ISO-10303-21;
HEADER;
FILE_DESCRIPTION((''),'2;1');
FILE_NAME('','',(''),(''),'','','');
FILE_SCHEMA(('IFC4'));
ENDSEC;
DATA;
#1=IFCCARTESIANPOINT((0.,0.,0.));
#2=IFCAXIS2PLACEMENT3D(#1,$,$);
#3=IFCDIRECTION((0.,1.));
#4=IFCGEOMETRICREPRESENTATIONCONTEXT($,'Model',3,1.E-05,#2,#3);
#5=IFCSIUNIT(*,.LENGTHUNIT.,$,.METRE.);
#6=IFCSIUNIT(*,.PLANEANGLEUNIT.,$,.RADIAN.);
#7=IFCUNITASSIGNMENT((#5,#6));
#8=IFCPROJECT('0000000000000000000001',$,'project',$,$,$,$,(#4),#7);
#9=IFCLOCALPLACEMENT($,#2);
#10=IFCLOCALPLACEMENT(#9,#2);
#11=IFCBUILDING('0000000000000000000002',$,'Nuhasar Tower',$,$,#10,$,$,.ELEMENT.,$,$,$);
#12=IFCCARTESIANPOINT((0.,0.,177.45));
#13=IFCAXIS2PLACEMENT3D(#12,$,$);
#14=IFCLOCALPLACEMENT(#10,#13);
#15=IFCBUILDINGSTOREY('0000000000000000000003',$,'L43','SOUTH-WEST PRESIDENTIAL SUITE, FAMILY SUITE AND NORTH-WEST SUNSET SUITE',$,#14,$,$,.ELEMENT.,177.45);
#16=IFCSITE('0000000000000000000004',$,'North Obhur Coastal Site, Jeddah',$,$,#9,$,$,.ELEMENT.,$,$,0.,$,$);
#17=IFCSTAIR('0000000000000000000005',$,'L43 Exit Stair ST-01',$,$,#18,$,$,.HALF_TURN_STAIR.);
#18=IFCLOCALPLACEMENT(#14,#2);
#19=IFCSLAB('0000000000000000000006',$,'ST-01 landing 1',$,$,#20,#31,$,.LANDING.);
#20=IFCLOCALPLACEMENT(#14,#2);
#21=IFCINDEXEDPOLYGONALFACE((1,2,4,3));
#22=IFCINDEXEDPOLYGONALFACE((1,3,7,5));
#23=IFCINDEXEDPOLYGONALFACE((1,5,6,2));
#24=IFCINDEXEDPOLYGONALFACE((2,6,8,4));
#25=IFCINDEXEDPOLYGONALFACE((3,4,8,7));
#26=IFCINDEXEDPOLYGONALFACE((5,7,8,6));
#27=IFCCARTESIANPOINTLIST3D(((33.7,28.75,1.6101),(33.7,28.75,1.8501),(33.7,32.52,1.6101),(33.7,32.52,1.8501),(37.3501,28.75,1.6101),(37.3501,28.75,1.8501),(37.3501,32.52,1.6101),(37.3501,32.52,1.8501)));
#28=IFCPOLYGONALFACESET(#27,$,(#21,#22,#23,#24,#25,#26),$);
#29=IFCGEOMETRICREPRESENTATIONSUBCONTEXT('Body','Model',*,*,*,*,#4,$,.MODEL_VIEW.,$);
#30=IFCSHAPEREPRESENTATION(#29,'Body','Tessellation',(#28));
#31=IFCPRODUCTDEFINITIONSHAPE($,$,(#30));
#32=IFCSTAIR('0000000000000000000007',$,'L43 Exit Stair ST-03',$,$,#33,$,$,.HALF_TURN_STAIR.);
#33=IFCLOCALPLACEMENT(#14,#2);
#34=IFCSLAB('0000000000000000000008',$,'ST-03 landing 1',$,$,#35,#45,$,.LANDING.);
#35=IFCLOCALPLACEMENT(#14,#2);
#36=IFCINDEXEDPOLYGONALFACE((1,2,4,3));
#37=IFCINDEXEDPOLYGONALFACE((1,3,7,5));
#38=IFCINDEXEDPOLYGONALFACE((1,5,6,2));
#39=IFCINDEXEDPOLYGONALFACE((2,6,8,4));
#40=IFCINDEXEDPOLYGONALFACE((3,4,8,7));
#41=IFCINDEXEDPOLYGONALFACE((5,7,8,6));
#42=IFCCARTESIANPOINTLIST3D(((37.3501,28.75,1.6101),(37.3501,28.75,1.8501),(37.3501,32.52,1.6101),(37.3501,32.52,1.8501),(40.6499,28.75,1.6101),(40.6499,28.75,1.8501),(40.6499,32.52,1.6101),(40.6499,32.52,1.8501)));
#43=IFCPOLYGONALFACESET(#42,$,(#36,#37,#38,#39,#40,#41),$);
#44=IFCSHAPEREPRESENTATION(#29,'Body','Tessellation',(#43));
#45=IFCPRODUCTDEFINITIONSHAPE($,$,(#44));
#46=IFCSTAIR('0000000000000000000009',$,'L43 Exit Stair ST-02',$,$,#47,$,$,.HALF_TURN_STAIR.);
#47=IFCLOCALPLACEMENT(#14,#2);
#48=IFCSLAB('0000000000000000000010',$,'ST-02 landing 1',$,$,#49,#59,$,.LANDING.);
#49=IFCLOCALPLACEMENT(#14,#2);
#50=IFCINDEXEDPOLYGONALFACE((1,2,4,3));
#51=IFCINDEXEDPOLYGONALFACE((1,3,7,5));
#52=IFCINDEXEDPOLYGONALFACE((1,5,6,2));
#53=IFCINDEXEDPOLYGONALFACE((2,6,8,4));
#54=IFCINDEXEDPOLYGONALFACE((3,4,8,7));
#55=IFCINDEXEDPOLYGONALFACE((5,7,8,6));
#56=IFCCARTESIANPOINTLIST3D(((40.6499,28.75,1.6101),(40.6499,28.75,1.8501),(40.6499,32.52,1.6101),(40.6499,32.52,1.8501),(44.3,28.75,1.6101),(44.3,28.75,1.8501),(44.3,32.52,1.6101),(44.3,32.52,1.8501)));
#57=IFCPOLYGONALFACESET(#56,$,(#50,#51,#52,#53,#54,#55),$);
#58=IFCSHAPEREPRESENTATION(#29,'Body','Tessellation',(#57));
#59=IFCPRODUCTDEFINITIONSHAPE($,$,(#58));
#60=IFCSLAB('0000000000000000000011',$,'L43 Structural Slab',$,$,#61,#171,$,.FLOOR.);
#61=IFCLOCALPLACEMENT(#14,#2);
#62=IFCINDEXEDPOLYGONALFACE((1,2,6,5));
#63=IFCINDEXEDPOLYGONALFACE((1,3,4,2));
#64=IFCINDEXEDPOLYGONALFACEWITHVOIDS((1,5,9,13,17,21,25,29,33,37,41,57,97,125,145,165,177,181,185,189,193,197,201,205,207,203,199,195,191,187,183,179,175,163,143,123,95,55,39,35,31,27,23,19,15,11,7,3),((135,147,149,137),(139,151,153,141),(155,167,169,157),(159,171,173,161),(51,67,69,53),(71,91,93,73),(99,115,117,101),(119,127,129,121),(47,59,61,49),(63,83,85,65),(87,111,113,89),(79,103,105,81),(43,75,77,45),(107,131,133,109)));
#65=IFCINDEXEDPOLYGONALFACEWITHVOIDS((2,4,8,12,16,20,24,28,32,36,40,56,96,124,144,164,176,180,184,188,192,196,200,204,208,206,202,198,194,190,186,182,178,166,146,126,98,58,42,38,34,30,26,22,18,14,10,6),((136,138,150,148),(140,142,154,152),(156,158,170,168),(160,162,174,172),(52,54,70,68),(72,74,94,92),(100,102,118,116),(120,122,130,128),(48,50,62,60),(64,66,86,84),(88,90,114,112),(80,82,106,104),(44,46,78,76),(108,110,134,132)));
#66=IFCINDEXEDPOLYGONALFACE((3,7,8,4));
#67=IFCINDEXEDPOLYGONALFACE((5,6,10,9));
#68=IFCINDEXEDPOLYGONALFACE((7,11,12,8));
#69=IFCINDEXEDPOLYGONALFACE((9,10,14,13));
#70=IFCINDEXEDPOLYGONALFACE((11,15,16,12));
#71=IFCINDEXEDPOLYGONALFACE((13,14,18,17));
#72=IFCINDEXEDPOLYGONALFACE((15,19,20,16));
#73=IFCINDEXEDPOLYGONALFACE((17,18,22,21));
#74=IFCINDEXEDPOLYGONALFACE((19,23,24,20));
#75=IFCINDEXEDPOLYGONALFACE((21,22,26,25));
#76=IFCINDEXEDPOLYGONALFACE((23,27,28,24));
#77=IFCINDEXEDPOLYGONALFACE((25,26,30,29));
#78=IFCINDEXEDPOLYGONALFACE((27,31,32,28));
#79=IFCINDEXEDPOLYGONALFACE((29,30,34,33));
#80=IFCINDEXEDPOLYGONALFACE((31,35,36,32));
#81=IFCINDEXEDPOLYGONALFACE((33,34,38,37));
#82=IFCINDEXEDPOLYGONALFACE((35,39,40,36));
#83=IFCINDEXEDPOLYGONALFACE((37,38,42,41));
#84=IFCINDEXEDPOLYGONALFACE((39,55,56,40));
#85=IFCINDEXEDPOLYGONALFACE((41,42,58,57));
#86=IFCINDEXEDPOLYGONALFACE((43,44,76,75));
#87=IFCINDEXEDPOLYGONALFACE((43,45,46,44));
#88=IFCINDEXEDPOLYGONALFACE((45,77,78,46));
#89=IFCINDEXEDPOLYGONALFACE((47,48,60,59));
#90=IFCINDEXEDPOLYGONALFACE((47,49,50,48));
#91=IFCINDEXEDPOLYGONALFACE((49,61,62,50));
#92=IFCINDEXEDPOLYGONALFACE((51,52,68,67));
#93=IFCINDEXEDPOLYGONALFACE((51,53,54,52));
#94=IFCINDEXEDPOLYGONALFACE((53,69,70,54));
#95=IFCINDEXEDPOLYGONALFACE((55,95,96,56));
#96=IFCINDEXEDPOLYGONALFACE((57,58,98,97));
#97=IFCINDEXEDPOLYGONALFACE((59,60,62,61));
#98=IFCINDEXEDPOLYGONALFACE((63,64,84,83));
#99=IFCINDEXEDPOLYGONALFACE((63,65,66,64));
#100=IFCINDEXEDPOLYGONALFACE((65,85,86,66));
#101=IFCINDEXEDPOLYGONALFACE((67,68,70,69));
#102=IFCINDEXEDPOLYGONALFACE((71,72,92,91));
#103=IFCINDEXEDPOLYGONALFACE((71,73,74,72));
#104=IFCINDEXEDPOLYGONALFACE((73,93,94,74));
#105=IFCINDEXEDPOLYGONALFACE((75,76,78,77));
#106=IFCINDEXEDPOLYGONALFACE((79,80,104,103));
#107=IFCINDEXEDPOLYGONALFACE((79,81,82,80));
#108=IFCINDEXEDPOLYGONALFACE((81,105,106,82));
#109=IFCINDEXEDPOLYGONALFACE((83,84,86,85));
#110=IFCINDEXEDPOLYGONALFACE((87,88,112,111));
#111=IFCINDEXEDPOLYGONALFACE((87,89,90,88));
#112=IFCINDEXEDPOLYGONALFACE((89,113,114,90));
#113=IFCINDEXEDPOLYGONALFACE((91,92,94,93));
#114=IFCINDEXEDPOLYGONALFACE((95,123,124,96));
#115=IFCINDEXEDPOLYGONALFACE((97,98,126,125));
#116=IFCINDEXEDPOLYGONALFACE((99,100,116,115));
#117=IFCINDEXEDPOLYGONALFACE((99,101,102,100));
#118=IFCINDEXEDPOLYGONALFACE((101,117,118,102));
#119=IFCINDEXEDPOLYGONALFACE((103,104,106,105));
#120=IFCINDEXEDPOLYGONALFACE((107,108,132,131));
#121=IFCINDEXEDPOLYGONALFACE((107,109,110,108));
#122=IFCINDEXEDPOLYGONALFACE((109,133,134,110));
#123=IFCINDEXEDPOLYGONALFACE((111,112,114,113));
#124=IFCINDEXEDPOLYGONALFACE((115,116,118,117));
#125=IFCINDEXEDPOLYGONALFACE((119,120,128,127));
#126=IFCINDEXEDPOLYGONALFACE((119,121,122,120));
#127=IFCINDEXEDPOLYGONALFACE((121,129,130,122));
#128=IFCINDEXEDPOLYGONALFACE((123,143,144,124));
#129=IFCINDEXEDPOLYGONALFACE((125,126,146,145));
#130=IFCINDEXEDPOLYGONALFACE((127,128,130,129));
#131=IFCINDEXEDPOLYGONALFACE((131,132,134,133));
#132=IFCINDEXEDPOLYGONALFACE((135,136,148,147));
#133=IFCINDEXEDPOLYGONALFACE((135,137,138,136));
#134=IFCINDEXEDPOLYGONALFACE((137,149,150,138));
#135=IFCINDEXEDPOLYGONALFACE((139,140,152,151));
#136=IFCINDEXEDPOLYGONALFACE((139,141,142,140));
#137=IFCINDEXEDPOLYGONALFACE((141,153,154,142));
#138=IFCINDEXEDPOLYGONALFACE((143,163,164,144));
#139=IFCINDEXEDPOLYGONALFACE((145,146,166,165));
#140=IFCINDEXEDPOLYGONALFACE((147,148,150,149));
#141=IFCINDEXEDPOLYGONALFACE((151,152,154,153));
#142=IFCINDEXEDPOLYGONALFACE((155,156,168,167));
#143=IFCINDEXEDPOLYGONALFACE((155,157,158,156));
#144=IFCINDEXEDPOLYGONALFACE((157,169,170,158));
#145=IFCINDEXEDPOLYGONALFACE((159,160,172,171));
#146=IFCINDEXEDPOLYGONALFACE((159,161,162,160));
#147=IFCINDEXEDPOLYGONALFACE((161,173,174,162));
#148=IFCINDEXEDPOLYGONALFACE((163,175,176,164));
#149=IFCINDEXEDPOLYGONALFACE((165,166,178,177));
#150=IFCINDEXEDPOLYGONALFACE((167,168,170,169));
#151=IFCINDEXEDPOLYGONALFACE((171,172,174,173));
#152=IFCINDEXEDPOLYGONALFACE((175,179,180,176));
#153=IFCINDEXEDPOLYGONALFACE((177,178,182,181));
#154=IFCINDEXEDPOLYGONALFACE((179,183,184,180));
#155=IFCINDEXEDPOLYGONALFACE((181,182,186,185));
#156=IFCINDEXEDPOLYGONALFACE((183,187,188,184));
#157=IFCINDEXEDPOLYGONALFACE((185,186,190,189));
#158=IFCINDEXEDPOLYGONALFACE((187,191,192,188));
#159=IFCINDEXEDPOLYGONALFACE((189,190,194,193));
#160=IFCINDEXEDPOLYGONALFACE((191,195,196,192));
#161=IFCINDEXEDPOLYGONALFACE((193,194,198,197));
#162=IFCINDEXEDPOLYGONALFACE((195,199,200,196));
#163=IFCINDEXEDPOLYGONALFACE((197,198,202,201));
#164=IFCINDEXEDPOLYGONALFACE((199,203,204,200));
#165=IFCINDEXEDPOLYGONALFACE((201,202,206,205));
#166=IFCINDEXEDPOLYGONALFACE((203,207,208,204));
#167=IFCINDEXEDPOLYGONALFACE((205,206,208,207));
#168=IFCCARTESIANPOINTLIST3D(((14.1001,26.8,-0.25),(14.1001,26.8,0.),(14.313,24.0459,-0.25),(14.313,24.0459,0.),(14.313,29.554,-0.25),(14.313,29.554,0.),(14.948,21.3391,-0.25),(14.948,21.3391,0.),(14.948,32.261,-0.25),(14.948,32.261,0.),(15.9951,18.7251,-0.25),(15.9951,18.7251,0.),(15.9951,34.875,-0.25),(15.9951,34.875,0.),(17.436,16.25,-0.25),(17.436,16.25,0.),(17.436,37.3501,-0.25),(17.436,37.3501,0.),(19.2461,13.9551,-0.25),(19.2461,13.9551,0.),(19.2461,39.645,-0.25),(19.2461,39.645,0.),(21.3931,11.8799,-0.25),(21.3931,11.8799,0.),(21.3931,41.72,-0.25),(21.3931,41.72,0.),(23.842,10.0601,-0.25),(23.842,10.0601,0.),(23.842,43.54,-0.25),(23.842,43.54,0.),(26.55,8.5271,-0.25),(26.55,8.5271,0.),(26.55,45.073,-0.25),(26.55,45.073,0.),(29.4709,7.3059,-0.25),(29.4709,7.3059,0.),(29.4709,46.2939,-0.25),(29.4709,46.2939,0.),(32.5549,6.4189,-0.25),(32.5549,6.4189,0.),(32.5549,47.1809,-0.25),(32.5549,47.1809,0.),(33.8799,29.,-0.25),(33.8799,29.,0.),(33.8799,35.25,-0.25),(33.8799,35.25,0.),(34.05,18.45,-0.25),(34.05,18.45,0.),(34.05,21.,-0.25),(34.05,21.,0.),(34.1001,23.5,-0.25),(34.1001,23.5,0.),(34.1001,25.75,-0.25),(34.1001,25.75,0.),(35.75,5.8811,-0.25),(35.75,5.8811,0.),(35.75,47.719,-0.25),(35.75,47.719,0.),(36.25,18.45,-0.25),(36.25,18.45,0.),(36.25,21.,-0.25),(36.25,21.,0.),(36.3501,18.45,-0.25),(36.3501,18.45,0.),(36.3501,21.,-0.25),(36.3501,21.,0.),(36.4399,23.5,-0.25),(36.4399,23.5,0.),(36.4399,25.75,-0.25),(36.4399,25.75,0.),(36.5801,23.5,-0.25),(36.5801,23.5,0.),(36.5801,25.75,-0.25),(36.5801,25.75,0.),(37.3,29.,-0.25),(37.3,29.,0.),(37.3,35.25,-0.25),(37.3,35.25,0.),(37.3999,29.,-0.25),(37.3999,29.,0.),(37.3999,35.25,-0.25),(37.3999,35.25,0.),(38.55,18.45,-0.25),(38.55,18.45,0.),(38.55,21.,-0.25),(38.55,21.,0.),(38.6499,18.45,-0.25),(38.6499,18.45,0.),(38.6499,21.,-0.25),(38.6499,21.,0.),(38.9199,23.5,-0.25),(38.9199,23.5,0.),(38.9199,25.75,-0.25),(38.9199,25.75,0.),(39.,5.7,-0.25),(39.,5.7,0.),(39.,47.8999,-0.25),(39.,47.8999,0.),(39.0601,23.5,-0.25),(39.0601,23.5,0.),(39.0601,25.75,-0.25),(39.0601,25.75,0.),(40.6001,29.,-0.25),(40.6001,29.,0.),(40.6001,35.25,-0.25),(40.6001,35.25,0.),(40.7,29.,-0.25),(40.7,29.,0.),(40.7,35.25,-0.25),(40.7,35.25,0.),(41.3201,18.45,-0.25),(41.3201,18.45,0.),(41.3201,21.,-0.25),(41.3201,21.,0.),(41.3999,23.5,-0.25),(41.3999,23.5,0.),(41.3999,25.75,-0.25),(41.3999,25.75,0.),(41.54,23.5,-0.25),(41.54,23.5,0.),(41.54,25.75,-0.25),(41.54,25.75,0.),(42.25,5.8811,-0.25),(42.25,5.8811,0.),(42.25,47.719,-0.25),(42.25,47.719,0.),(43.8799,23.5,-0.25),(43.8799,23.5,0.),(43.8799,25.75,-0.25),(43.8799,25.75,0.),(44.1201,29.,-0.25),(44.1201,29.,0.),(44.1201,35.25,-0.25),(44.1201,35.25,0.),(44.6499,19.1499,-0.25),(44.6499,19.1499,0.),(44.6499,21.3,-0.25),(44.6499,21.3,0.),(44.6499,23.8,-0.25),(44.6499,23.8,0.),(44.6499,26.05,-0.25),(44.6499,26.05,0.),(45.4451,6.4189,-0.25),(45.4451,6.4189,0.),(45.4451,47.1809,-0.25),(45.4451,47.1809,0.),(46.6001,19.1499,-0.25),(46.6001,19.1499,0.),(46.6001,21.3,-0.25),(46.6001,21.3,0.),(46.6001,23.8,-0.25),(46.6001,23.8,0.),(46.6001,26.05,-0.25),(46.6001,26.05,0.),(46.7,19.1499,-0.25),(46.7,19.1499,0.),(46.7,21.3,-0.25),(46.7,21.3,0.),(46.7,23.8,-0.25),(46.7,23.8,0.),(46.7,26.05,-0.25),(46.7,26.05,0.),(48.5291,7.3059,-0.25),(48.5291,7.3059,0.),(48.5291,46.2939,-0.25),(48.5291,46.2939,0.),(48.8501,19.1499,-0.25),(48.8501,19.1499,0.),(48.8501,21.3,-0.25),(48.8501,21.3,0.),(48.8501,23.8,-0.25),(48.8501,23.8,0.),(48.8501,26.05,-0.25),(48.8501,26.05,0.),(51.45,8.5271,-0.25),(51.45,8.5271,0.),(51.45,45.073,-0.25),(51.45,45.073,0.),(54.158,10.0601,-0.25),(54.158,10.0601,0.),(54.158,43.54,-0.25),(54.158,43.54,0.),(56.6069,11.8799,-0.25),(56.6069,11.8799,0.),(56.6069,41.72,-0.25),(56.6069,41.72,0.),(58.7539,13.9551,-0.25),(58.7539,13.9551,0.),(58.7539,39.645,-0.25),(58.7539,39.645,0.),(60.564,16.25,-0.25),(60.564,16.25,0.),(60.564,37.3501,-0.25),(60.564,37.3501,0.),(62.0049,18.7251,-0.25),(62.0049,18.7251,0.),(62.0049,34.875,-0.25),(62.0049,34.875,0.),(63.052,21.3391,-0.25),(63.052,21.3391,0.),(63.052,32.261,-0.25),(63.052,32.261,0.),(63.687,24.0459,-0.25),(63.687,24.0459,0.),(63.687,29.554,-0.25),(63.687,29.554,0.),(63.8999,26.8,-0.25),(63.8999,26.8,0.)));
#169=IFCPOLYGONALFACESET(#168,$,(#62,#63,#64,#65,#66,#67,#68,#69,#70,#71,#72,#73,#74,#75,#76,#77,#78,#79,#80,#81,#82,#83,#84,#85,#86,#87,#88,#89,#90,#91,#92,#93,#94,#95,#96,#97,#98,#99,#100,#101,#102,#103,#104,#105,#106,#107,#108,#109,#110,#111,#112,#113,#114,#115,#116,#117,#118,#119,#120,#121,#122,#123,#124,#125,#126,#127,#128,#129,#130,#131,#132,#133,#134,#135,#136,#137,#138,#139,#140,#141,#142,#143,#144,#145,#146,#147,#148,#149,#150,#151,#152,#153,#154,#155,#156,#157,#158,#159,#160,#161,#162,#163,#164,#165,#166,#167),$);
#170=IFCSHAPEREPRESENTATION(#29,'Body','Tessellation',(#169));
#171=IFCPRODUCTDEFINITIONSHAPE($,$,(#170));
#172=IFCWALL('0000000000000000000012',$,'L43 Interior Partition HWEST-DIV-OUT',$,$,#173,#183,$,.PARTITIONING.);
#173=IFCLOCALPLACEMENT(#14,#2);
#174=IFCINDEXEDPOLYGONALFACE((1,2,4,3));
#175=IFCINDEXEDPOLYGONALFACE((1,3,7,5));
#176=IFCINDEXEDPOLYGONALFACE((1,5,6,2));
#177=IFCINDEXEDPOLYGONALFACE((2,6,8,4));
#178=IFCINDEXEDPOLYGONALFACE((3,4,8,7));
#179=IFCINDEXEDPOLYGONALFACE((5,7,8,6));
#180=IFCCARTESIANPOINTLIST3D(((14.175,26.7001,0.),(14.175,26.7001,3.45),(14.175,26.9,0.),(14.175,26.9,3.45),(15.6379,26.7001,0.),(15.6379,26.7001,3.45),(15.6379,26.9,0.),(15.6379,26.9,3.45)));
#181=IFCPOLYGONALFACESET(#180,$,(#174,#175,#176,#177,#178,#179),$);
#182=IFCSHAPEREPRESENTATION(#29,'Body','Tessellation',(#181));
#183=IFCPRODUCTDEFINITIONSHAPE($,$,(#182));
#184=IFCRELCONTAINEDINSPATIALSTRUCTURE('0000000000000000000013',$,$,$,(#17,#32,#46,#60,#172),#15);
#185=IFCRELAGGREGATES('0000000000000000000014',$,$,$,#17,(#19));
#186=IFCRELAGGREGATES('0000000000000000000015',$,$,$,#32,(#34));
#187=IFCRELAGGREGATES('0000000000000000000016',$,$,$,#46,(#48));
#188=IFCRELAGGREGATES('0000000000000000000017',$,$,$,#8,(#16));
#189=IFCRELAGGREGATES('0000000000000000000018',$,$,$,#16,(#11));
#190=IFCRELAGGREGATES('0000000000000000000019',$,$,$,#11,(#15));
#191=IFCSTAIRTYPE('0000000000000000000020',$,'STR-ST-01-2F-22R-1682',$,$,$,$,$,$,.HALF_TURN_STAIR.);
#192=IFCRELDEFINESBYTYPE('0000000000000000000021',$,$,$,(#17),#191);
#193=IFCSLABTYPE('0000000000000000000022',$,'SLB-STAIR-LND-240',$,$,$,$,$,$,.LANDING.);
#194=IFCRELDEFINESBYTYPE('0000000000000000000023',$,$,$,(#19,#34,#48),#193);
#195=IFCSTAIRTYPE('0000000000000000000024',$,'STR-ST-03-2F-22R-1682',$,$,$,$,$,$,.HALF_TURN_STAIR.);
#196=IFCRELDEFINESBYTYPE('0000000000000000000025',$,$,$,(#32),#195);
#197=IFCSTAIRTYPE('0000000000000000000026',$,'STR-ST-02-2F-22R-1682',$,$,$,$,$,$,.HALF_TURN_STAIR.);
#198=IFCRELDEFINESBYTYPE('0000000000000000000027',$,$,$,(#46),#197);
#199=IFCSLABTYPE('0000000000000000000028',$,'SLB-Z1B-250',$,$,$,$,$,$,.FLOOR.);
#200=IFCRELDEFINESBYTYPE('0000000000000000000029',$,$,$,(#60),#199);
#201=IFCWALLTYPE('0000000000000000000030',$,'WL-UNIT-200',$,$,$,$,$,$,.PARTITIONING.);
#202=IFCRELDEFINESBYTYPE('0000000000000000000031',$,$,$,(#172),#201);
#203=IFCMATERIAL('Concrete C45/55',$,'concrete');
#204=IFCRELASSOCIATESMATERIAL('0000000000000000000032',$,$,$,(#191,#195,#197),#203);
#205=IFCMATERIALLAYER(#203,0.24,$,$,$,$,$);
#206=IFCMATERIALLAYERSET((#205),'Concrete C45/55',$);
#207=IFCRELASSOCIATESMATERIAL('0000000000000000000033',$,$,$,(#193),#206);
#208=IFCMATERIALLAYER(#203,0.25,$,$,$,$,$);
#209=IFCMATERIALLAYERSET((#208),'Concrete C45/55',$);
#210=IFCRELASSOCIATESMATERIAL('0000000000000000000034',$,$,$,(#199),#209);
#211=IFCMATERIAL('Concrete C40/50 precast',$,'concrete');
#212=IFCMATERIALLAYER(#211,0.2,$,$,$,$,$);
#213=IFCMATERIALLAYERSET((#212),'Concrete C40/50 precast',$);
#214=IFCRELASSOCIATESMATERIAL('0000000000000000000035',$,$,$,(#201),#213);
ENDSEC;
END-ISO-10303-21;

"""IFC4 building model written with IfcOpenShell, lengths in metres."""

from ifc_helpers import new_model, si_unit, direction, frame, frame_2d, origin, place, context, subcontext, project, spatial, polyline, rectangle, outline, extrude, material, layer, layer_set, type_object, element, aggregate, save


model = new_model("IFC4")

# Units and contexts
model_context = context("Model", 3, precision=1e-05, world=origin(), true_north=direction((0.0, 1.0)))
body_context = subcontext(model_context, "Body", "Model", "MODEL_VIEW")
ifc_project = project(units=[si_unit("LENGTHUNIT", "METRE"), si_unit("PLANEANGLEUNIT", "RADIAN")], contexts=[model_context])

# Site, building, storey
site_placement = place(None, origin())
site = spatial("IfcSite", under=ifc_project, at=site_placement, Name="North Obhur Coastal Site, Jeddah", CompositionType="ELEMENT", RefElevation=0.0)
building_placement = place(site_placement, origin())
building = spatial("IfcBuilding", under=site, at=building_placement, Name="Nuhasar Tower", CompositionType="ELEMENT")
storey_placement = place(building_placement, frame((0.0, 0.0, 177.45)))
storey = spatial("IfcBuildingStorey", under=building, at=storey_placement, Name="L43", Description="SOUTH-WEST PRESIDENTIAL SUITE, FAMILY SUITE AND NORTH-WEST SUNSET SUITE", CompositionType="ELEMENT", Elevation=177.45)

# Stairs, slabs
ifc_material_1 = material(Name="Concrete C45/55", Category="concrete")
stair_type_1 = type_object("IfcStairType", Name="STR-ST-01-2F-22R-1682", PredefinedType="HALF_TURN_STAIR", material=ifc_material_1)
stair_1_placement = place(storey_placement, origin())
stair_1 = element("IfcStair", 1, at=stair_1_placement, inside=storey, type_object=stair_type_1, Name="L43 Exit Stair ST-01", PredefinedType="HALF_TURN_STAIR")
ifc_layer_1 = layer(ifc_material_1, 0.24)
ifc_layer_set_1 = layer_set([ifc_layer_1], Name="Concrete C45/55")
slab_type_1 = type_object("IfcSlabType", Name="SLB-STAIR-LND-240", PredefinedType="LANDING", material=ifc_layer_set_1)
slab_1_placement = place(storey_placement, frame((0.0, 0.0, 1.6101)))
slab_1 = element("IfcSlab", 2, at=slab_1_placement, type_object=slab_type_1, Name="ST-01 landing 1", PredefinedType="LANDING", context=body_context, shape_type="SweptSolid", body=[
    extrude(outline(polyline([(33.7, 28.75), (37.3501, 28.75), (37.3501, 32.52), (33.7, 32.52), (33.7, 28.75)])), origin(), (0.0, 0.0, 1.0), 0.24),
])
aggregate(stair_1, [slab_1])
stair_type_2 = type_object("IfcStairType", Name="STR-ST-03-2F-22R-1682", PredefinedType="HALF_TURN_STAIR", material=ifc_material_1)
stair_2_placement = place(storey_placement, origin())
stair_2 = element("IfcStair", 3, at=stair_2_placement, inside=storey, type_object=stair_type_2, Name="L43 Exit Stair ST-03", PredefinedType="HALF_TURN_STAIR")
slab_2_placement = place(storey_placement, frame((0.0, 0.0, 1.6101)))
slab_2 = element("IfcSlab", 4, at=slab_2_placement, type_object=slab_type_1, Name="ST-03 landing 1", PredefinedType="LANDING", context=body_context, shape_type="SweptSolid", body=[
    extrude(outline(polyline([(37.3501, 28.75), (40.6499, 28.75), (40.6499, 32.52), (37.3501, 32.52), (37.3501, 28.75)])), origin(), (0.0, 0.0, 1.0), 0.24),
])
aggregate(stair_2, [slab_2])
stair_type_3 = type_object("IfcStairType", Name="STR-ST-02-2F-22R-1682", PredefinedType="HALF_TURN_STAIR", material=ifc_material_1)
stair_3_placement = place(storey_placement, origin())
stair_3 = element("IfcStair", 5, at=stair_3_placement, inside=storey, type_object=stair_type_3, Name="L43 Exit Stair ST-02", PredefinedType="HALF_TURN_STAIR")
slab_3_placement = place(storey_placement, frame((0.0, 0.0, 1.6101)))
slab_3 = element("IfcSlab", 6, at=slab_3_placement, type_object=slab_type_1, Name="ST-02 landing 1", PredefinedType="LANDING", context=body_context, shape_type="SweptSolid", body=[
    extrude(outline(polyline([(40.6499, 28.75), (44.3, 28.75), (44.3, 32.52), (40.6499, 32.52), (40.6499, 28.75)])), origin(), (0.0, 0.0, 1.0), 0.24),
])
aggregate(stair_3, [slab_3])

# Slab
ifc_layer_2 = layer(ifc_material_1, 0.25)
ifc_layer_set_2 = layer_set([ifc_layer_2], Name="Concrete C45/55")
slab_type_2 = type_object("IfcSlabType", Name="SLB-Z1B-250", PredefinedType="FLOOR", material=ifc_layer_set_2)
slab_4_placement = place(storey_placement, frame((0.0, 0.0, -0.25)))
element("IfcSlab", 7, at=slab_4_placement, inside=storey, type_object=slab_type_2, Name="L43 Structural Slab", PredefinedType="FLOOR", context=body_context, shape_type="SweptSolid", body=[
    extrude(outline(polyline([(63.8999, 26.8), (63.687, 29.554), (63.052, 32.261), (62.0049, 34.875), (60.564, 37.3501), (58.7539, 39.645), (56.6069, 41.72), (54.158, 43.54), (51.45, 45.073), (48.5291, 46.2939), (45.4451, 47.1809), (42.25, 47.719), (39.0, 47.8999), (35.75, 47.719), (32.5549, 47.1809), (29.4709, 46.2939), (26.55, 45.073), (23.842, 43.54), (21.3931, 41.72), (19.2461, 39.645), (17.436, 37.3501), (15.9951, 34.875), (14.948, 32.261), (14.313, 29.554), (14.1001, 26.8), (14.313, 24.0459), (14.948, 21.3391), (15.9951, 18.7251), (17.436, 16.25), (19.2461, 13.9551), (21.3931, 11.8799), (23.842, 10.0601), (26.55, 8.5271), (29.4709, 7.3059), (32.5549, 6.4189), (35.75, 5.8811), (39.0, 5.7), (42.25, 5.8811), (45.4451, 6.4189), (48.5291, 7.3059), (51.45, 8.5271), (54.158, 10.0601), (56.6069, 11.8799), (58.7539, 13.9551), (60.564, 16.25), (62.0049, 18.7251), (63.052, 21.3391), (63.687, 24.0459), (63.8999, 26.8)]), holes=[polyline([(33.8799, 35.25), (37.3, 35.25), (37.3, 29.0), (33.8799, 29.0), (33.8799, 35.25)]), polyline([(37.3999, 35.25), (40.6001, 35.25), (40.6001, 29.0), (37.3999, 29.0), (37.3999, 35.25)]), polyline([(40.7, 35.25), (44.1201, 35.25), (44.1201, 29.0), (40.7, 29.0), (40.7, 35.25)]), polyline([(44.6499, 26.05), (46.6001, 26.05), (46.6001, 23.8), (44.6499, 23.8), (44.6499, 26.05)]), polyline([(46.7, 26.05), (48.8501, 26.05), (48.8501, 23.8), (46.7, 23.8), (46.7, 26.05)]), polyline([(44.6499, 21.3), (46.6001, 21.3), (46.6001, 19.1499), (44.6499, 19.1499), (44.6499, 21.3)]), polyline([(46.7, 21.3), (48.8501, 21.3), (48.8501, 19.1499), (46.7, 19.1499), (46.7, 21.3)]), polyline([(34.1001, 25.75), (36.4399, 25.75), (36.4399, 23.5), (34.1001, 23.5), (34.1001, 25.75)]), polyline([(36.5801, 25.75), (38.9199, 25.75), (38.9199, 23.5), (36.5801, 23.5), (36.5801, 25.75)]), polyline([(39.0601, 25.75), (41.3999, 25.75), (41.3999, 23.5), (39.0601, 23.5), (39.0601, 25.75)]), polyline([(41.54, 25.75), (43.8799, 25.75), (43.8799, 23.5), (41.54, 23.5), (41.54, 25.75)]), polyline([(34.05, 21.0), (36.25, 21.0), (36.25, 18.45), (34.05, 18.45), (34.05, 21.0)]), polyline([(36.3501, 21.0), (38.55, 21.0), (38.55, 18.45), (36.3501, 18.45), (36.3501, 21.0)]), polyline([(38.6499, 21.0), (41.3201, 21.0), (41.3201, 18.45), (38.6499, 18.45), (38.6499, 21.0)])]), origin(), (0.0, 0.0, 1.0), 0.25),
])

# Wall
ifc_material_2 = material(Name="Concrete C40/50 precast", Category="concrete")
ifc_layer_3 = layer(ifc_material_2, 0.2)
ifc_layer_set_3 = layer_set([ifc_layer_3], Name="Concrete C40/50 precast")
wall_type = type_object("IfcWallType", Name="WL-UNIT-200", PredefinedType="PARTITIONING", material=ifc_layer_set_3)
wall_placement = place(storey_placement, frame((15.6379, 26.8, 0.0), z_axis=(0.0, 0.0, 1.0), x_axis=(-1.0, 0.0, 0.0)))
element("IfcWall", 8, at=wall_placement, inside=storey, type_object=wall_type, Name="L43 Interior Partition HWEST-DIV-OUT", PredefinedType="PARTITIONING", context=body_context, shape_type="SweptSolid", body=[
    extrude(rectangle(XDim=1.4629, YDim=0.2, at=frame_2d((0.7314, 0.0))), origin(), (0.0, 0.0, 1.0), 3.45),
])

save(model, "model.ifc")
